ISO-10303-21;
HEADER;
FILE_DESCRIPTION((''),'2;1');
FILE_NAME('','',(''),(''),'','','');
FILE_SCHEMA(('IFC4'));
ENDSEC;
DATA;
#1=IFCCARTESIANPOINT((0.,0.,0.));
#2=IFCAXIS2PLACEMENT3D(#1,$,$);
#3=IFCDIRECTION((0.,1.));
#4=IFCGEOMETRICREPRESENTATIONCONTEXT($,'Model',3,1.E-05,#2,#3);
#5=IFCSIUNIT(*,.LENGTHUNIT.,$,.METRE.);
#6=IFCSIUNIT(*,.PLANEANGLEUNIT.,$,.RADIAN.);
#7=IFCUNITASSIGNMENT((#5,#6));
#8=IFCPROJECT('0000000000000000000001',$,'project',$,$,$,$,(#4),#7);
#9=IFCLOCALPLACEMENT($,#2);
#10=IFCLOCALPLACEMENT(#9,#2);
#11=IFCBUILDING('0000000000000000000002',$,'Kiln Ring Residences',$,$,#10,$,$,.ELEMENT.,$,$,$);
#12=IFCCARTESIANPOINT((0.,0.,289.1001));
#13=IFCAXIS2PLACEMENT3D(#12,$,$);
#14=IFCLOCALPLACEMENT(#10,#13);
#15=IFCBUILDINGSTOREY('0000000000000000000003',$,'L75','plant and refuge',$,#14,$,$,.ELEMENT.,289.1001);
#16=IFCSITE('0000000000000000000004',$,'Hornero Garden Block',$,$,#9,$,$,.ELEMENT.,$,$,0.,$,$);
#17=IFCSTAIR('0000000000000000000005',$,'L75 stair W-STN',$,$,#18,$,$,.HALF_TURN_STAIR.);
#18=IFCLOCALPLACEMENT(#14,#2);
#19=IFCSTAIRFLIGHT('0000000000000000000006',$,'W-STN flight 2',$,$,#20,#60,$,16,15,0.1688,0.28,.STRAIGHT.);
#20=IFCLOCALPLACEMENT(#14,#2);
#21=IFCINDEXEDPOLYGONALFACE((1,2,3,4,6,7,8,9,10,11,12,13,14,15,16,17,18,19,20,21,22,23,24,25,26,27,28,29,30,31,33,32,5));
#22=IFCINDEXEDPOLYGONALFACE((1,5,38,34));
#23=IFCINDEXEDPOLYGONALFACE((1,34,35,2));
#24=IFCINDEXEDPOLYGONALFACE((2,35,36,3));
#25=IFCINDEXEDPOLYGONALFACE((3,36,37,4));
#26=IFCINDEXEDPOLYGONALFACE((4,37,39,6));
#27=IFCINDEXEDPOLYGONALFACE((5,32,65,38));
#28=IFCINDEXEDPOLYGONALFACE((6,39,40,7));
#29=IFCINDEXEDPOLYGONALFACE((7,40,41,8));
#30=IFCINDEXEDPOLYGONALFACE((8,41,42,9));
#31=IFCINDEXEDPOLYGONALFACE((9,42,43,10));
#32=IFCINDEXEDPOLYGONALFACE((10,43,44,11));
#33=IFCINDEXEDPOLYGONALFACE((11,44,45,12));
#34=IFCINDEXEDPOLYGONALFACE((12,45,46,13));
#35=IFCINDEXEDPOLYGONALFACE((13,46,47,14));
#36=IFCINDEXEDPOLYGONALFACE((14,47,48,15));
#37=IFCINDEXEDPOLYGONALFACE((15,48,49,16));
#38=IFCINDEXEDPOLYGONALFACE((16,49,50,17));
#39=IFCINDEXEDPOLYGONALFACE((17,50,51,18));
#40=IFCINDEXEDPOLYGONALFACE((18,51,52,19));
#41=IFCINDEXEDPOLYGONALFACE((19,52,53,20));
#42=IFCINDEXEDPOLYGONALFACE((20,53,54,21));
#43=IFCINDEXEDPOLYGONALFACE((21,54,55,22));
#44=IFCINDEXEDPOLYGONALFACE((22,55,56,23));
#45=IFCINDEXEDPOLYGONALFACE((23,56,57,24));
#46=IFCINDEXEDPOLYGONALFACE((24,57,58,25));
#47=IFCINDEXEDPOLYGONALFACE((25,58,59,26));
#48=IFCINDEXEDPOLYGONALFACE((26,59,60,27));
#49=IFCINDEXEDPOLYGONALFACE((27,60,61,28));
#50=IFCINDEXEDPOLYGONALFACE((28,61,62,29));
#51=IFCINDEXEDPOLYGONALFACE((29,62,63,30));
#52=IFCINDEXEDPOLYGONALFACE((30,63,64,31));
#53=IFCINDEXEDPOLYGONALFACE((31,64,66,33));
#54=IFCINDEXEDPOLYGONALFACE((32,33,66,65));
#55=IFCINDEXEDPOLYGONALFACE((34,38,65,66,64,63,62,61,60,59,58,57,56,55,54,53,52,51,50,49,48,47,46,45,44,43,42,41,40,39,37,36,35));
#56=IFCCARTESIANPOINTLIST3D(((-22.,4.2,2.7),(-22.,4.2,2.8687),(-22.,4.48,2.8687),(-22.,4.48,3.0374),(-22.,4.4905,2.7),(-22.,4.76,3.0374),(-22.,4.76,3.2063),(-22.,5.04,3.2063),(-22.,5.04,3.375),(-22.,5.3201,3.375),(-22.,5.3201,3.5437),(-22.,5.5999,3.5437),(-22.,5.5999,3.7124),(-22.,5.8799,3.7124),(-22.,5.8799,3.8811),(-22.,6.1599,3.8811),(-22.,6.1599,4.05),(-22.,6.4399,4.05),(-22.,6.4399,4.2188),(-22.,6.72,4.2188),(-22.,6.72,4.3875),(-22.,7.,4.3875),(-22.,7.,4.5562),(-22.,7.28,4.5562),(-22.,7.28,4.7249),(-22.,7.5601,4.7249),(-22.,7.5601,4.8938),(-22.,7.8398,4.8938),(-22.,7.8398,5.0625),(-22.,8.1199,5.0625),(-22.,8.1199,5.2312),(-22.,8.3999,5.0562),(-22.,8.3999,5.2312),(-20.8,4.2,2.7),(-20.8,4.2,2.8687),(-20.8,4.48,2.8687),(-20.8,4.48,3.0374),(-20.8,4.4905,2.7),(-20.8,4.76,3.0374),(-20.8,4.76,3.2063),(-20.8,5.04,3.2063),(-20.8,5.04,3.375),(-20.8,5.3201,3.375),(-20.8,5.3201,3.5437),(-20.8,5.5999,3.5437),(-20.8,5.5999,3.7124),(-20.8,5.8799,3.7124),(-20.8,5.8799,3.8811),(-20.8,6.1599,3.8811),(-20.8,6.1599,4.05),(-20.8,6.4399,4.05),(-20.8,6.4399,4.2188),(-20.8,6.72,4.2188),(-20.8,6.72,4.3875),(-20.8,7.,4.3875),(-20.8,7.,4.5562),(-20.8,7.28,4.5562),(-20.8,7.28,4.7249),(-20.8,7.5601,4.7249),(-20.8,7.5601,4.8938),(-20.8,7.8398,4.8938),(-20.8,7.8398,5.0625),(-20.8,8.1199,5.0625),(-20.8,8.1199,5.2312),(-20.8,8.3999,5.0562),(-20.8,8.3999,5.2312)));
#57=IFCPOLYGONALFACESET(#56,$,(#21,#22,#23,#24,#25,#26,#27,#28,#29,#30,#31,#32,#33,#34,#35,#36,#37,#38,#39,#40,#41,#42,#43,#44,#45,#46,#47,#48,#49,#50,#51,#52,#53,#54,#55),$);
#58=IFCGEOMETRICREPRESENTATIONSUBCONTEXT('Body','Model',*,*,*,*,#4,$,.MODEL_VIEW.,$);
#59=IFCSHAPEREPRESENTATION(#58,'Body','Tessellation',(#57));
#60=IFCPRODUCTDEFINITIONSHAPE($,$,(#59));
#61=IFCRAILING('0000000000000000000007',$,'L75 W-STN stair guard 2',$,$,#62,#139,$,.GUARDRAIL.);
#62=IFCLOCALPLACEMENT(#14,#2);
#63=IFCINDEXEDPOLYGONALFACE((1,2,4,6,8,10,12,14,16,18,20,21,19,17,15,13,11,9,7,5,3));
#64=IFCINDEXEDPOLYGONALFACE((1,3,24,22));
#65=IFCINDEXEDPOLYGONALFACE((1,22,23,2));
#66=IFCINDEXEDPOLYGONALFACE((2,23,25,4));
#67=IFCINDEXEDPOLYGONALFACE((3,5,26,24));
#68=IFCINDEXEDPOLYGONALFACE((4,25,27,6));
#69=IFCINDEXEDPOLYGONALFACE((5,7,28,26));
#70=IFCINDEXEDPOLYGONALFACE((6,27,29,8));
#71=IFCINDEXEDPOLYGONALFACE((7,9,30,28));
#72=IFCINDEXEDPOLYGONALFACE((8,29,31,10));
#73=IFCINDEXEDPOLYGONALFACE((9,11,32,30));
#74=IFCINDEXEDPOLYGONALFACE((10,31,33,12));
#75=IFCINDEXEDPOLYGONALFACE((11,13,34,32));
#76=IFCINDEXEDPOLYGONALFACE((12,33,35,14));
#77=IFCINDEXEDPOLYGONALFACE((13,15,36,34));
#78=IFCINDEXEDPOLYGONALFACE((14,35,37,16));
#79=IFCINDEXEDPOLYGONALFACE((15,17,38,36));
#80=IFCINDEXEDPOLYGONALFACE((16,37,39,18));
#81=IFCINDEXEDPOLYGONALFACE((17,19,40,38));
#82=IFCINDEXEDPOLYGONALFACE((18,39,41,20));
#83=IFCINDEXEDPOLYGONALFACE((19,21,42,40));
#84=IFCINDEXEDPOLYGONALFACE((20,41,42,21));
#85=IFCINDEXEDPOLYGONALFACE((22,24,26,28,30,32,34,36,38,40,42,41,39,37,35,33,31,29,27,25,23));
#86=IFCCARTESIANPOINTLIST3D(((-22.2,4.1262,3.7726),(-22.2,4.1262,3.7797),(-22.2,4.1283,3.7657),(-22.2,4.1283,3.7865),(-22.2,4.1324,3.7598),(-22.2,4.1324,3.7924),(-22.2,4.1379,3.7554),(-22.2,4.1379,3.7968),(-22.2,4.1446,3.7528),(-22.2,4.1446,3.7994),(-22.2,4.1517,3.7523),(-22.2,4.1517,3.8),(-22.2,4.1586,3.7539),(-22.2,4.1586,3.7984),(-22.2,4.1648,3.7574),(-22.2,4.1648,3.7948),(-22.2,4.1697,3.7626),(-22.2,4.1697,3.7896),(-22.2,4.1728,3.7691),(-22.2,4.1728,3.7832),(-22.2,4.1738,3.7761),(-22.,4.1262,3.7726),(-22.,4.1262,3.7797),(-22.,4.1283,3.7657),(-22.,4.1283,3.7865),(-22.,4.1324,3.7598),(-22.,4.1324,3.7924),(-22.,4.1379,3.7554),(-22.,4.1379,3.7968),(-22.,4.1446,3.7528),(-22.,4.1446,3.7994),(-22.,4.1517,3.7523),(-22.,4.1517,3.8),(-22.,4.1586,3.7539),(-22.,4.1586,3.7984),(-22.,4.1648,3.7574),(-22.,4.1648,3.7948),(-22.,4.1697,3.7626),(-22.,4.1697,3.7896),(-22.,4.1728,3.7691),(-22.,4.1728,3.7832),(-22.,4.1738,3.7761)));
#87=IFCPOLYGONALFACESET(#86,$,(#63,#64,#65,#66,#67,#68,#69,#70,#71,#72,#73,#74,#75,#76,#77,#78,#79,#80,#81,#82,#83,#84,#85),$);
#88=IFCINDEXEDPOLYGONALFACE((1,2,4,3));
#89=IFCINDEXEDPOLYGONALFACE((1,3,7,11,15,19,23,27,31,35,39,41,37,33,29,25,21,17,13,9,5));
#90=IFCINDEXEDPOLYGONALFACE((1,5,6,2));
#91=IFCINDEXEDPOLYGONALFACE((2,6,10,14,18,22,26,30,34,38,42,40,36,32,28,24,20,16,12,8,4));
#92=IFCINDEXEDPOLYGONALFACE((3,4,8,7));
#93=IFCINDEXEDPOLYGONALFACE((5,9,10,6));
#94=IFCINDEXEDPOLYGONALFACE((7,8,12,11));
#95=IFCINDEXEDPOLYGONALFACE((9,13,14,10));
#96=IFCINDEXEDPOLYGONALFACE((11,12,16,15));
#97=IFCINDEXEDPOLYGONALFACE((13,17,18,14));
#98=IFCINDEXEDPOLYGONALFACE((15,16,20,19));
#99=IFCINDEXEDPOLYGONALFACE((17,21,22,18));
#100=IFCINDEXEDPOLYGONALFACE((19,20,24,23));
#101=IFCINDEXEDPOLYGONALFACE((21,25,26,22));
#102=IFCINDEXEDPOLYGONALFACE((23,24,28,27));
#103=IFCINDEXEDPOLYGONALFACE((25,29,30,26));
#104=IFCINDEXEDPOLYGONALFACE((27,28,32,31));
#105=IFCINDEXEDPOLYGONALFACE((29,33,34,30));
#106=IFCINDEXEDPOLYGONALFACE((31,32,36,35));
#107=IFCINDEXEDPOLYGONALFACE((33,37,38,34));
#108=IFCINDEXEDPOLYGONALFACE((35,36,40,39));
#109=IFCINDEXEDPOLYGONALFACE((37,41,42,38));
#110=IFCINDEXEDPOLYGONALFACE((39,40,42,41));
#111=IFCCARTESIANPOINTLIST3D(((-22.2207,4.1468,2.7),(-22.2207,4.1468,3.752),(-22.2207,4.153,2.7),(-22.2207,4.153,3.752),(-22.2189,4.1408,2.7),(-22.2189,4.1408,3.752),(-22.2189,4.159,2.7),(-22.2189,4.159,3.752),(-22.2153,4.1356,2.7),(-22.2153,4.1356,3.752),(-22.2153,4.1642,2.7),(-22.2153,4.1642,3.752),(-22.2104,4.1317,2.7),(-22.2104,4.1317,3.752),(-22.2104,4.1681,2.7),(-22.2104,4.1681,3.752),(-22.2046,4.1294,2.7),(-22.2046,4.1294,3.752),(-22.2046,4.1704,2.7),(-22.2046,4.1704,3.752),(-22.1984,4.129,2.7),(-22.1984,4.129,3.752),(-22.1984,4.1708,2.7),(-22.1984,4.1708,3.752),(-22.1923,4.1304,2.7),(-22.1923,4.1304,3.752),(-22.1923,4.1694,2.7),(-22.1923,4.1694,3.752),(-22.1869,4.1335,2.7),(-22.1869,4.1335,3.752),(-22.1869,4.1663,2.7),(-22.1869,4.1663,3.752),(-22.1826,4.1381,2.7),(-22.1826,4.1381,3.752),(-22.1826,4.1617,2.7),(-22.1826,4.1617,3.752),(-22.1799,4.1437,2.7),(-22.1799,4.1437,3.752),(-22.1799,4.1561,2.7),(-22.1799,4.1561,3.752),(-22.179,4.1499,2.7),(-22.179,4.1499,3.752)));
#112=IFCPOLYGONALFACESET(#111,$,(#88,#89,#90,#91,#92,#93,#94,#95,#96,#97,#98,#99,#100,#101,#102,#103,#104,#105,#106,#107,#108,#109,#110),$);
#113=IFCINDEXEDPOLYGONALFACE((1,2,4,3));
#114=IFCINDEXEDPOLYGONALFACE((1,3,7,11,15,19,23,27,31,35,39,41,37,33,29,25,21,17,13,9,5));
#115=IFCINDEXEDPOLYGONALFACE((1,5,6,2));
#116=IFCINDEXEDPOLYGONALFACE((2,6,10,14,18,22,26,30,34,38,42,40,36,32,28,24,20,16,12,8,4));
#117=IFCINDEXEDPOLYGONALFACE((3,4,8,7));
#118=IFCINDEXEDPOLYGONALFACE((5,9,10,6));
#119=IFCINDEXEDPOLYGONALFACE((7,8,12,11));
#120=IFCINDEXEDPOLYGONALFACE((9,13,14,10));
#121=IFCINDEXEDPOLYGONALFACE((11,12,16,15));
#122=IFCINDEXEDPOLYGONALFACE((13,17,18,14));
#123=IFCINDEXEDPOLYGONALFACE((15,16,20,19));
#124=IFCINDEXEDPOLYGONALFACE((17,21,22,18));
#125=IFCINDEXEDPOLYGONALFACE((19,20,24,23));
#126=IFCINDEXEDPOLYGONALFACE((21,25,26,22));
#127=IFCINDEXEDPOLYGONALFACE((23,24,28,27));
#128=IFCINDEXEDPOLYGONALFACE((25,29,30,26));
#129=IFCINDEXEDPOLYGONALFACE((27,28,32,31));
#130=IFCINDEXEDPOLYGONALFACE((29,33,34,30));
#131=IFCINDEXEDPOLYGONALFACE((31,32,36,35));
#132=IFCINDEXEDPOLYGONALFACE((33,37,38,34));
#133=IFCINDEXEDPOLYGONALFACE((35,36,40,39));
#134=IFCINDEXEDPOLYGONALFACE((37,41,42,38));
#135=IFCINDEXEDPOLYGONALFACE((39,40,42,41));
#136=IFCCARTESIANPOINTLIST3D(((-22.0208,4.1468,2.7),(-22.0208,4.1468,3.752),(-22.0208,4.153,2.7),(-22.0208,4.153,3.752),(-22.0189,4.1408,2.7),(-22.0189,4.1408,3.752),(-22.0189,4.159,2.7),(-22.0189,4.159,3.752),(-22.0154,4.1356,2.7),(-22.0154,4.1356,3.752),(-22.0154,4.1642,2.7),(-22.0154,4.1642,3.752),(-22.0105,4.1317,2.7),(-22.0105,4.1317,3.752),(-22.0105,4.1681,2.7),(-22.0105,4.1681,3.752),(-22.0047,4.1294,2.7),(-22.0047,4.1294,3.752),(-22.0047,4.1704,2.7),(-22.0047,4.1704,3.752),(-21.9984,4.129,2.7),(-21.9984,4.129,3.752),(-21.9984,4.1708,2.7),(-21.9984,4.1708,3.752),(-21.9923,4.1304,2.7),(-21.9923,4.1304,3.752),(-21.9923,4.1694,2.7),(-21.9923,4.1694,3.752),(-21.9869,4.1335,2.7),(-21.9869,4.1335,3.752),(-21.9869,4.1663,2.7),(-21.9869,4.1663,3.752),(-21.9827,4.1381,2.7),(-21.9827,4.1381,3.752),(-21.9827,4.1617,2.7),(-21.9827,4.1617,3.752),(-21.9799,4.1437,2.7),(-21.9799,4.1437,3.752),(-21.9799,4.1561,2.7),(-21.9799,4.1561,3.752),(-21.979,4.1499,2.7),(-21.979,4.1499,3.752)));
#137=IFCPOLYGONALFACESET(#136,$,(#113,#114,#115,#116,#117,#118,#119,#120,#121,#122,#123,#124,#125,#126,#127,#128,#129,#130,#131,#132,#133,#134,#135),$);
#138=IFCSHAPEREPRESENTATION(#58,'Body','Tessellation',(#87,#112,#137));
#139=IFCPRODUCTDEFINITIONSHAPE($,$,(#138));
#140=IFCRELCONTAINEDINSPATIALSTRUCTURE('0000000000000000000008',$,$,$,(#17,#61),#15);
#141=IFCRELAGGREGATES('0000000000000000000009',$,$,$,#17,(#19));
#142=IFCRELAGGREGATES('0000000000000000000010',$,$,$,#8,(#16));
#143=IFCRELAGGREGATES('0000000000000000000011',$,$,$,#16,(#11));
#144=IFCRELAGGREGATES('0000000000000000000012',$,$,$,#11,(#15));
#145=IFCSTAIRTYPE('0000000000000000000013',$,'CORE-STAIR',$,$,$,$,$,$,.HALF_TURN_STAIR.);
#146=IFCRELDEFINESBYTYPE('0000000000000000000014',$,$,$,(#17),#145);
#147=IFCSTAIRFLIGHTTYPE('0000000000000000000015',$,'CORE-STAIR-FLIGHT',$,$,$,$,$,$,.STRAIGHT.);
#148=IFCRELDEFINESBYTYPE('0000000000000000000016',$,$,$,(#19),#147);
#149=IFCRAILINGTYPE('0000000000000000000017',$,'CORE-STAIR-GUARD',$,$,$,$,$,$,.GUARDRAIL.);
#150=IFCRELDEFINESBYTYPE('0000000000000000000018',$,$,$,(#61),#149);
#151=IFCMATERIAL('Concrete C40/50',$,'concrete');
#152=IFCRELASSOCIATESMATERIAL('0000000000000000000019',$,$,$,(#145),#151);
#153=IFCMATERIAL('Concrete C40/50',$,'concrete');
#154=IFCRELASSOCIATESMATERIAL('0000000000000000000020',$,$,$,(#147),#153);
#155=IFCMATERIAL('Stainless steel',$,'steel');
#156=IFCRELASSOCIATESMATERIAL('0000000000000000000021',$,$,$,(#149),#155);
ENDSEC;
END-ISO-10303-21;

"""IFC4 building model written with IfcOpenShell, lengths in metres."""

from ifc_helpers import new_model, si_unit, direction, frame, origin, origin_2d, place, context, subcontext, project, spatial, polyline, circle, outline, extrude, material, type_object, element, aggregate, save


model = new_model("IFC4")

# Units and contexts
model_context = context("Model", 3, precision=1e-05, world=origin(), true_north=direction((0.0, 1.0)))
body_context = subcontext(model_context, "Body", "Model", "MODEL_VIEW")
ifc_project = project(units=[si_unit("LENGTHUNIT", "METRE"), si_unit("PLANEANGLEUNIT", "RADIAN")], contexts=[model_context])

# Site, building, storey
site_placement = place(None, origin())
site = spatial("IfcSite", under=ifc_project, at=site_placement, Name="Hornero Garden Block", CompositionType="ELEMENT", RefElevation=0.0)
building_placement = place(site_placement, origin())
building = spatial("IfcBuilding", under=site, at=building_placement, Name="Kiln Ring Residences", CompositionType="ELEMENT")
storey_placement = place(building_placement, frame((0.0, 0.0, 289.1001)))
storey = spatial("IfcBuildingStorey", under=building, at=storey_placement, Name="L75", Description="plant and refuge", CompositionType="ELEMENT", Elevation=289.1001)

# Stair, stair flight
ifc_material_1 = material(Name="Concrete C40/50", Category="concrete")
stair_type = type_object("IfcStairType", Name="CORE-STAIR", PredefinedType="HALF_TURN_STAIR", material=ifc_material_1)
stair_placement = place(storey_placement, origin())
stair = element("IfcStair", 1, at=stair_placement, inside=storey, type_object=stair_type, Name="L75 stair W-STN", PredefinedType="HALF_TURN_STAIR")
ifc_material_2 = material(Name="Concrete C40/50", Category="concrete")
stair_flight_type = type_object("IfcStairFlightType", Name="CORE-STAIR-FLIGHT", PredefinedType="STRAIGHT", material=ifc_material_2)
stair_flight_placement = place(storey_placement, frame((-21.3999, 4.2, 2.7), z_axis=(0.0, 0.0, 1.0), x_axis=(0.0, 1.0, 0.0)))
stair_flight = element("IfcStairFlight", 2, at=stair_flight_placement, type_object=stair_flight_type, Name="W-STN flight 2", NumberOfRisers=16, NumberOfTreads=15, PredefinedType="STRAIGHT", RiserHeight=0.1688, TreadLength=0.28, context=body_context, shape_type="SweptSolid", body=[
    extrude(outline(polyline([(0.0, 0.0), (0.0, 0.1687), (0.28, 0.1687), (0.28, 0.3374), (0.5601, 0.3374), (0.5601, 0.5063), (0.8401, 0.5063), (0.8401, 0.675), (1.1201, 0.675), (1.1201, 0.8438), (1.3999, 0.8438), (1.3999, 1.0125), (1.6799, 1.0125), (1.6799, 1.1812), (1.96, 1.1812), (1.96, 1.3501), (2.24, 1.3501), (2.24, 1.5188), (2.52, 1.5188), (2.52, 1.6875), (2.8, 1.6875), (2.8, 1.8562), (3.0801, 1.8562), (3.0801, 2.0249), (3.3601, 2.0249), (3.3601, 2.1938), (3.6399, 2.1938), (3.6399, 2.3625), (3.9199, 2.3625), (3.9199, 2.5312), (4.2, 2.5312), (4.2, 2.7), (4.2, 2.3562), (0.2905, 0.0), (0.0, 0.0)])), frame((0.0, 0.6001, 0.0), z_axis=(0.0, -1.0, 0.0), x_axis=(1.0, 0.0, 0.0)), (0.0, 0.0, 1.0), 1.2),
])
aggregate(stair, [stair_flight])

# Railing
ifc_material_3 = material(Name="Stainless steel", Category="steel")
railing_type_1 = type_object("IfcRailingType", Name="CORE-STAIR-GUARD", PredefinedType="GUARDRAIL", material=ifc_material_3)
railing_1_placement = place(storey_placement, frame((-22.2, 4.1499, 2.7)))
element("IfcRailing", 3, at=railing_1_placement, inside=storey, type_object=railing_type_1, Name="L75 W-STN stair guard 2", PredefinedType="GUARDRAIL", context=body_context, shape_type="SweptSolid", body=[
    extrude(circle(Radius=0.0239, at=origin_2d()), frame((0.0, 0.0, 1.0762), z_axis=(1.0, 0.0, 0.0), x_axis=(0.0, 1.0, 0.0)), (0.0, 0.0, 1.0), 0.2),
    extrude(circle(Radius=0.021, at=origin_2d()), origin(), (0.0, 0.0, 1.0), 1.052),
    extrude(circle(Radius=0.021, at=origin_2d()), frame((0.2, 0.0, 0.0)), (0.0, 0.0, 1.0), 1.052),
])

save(model, "model.ifc")
